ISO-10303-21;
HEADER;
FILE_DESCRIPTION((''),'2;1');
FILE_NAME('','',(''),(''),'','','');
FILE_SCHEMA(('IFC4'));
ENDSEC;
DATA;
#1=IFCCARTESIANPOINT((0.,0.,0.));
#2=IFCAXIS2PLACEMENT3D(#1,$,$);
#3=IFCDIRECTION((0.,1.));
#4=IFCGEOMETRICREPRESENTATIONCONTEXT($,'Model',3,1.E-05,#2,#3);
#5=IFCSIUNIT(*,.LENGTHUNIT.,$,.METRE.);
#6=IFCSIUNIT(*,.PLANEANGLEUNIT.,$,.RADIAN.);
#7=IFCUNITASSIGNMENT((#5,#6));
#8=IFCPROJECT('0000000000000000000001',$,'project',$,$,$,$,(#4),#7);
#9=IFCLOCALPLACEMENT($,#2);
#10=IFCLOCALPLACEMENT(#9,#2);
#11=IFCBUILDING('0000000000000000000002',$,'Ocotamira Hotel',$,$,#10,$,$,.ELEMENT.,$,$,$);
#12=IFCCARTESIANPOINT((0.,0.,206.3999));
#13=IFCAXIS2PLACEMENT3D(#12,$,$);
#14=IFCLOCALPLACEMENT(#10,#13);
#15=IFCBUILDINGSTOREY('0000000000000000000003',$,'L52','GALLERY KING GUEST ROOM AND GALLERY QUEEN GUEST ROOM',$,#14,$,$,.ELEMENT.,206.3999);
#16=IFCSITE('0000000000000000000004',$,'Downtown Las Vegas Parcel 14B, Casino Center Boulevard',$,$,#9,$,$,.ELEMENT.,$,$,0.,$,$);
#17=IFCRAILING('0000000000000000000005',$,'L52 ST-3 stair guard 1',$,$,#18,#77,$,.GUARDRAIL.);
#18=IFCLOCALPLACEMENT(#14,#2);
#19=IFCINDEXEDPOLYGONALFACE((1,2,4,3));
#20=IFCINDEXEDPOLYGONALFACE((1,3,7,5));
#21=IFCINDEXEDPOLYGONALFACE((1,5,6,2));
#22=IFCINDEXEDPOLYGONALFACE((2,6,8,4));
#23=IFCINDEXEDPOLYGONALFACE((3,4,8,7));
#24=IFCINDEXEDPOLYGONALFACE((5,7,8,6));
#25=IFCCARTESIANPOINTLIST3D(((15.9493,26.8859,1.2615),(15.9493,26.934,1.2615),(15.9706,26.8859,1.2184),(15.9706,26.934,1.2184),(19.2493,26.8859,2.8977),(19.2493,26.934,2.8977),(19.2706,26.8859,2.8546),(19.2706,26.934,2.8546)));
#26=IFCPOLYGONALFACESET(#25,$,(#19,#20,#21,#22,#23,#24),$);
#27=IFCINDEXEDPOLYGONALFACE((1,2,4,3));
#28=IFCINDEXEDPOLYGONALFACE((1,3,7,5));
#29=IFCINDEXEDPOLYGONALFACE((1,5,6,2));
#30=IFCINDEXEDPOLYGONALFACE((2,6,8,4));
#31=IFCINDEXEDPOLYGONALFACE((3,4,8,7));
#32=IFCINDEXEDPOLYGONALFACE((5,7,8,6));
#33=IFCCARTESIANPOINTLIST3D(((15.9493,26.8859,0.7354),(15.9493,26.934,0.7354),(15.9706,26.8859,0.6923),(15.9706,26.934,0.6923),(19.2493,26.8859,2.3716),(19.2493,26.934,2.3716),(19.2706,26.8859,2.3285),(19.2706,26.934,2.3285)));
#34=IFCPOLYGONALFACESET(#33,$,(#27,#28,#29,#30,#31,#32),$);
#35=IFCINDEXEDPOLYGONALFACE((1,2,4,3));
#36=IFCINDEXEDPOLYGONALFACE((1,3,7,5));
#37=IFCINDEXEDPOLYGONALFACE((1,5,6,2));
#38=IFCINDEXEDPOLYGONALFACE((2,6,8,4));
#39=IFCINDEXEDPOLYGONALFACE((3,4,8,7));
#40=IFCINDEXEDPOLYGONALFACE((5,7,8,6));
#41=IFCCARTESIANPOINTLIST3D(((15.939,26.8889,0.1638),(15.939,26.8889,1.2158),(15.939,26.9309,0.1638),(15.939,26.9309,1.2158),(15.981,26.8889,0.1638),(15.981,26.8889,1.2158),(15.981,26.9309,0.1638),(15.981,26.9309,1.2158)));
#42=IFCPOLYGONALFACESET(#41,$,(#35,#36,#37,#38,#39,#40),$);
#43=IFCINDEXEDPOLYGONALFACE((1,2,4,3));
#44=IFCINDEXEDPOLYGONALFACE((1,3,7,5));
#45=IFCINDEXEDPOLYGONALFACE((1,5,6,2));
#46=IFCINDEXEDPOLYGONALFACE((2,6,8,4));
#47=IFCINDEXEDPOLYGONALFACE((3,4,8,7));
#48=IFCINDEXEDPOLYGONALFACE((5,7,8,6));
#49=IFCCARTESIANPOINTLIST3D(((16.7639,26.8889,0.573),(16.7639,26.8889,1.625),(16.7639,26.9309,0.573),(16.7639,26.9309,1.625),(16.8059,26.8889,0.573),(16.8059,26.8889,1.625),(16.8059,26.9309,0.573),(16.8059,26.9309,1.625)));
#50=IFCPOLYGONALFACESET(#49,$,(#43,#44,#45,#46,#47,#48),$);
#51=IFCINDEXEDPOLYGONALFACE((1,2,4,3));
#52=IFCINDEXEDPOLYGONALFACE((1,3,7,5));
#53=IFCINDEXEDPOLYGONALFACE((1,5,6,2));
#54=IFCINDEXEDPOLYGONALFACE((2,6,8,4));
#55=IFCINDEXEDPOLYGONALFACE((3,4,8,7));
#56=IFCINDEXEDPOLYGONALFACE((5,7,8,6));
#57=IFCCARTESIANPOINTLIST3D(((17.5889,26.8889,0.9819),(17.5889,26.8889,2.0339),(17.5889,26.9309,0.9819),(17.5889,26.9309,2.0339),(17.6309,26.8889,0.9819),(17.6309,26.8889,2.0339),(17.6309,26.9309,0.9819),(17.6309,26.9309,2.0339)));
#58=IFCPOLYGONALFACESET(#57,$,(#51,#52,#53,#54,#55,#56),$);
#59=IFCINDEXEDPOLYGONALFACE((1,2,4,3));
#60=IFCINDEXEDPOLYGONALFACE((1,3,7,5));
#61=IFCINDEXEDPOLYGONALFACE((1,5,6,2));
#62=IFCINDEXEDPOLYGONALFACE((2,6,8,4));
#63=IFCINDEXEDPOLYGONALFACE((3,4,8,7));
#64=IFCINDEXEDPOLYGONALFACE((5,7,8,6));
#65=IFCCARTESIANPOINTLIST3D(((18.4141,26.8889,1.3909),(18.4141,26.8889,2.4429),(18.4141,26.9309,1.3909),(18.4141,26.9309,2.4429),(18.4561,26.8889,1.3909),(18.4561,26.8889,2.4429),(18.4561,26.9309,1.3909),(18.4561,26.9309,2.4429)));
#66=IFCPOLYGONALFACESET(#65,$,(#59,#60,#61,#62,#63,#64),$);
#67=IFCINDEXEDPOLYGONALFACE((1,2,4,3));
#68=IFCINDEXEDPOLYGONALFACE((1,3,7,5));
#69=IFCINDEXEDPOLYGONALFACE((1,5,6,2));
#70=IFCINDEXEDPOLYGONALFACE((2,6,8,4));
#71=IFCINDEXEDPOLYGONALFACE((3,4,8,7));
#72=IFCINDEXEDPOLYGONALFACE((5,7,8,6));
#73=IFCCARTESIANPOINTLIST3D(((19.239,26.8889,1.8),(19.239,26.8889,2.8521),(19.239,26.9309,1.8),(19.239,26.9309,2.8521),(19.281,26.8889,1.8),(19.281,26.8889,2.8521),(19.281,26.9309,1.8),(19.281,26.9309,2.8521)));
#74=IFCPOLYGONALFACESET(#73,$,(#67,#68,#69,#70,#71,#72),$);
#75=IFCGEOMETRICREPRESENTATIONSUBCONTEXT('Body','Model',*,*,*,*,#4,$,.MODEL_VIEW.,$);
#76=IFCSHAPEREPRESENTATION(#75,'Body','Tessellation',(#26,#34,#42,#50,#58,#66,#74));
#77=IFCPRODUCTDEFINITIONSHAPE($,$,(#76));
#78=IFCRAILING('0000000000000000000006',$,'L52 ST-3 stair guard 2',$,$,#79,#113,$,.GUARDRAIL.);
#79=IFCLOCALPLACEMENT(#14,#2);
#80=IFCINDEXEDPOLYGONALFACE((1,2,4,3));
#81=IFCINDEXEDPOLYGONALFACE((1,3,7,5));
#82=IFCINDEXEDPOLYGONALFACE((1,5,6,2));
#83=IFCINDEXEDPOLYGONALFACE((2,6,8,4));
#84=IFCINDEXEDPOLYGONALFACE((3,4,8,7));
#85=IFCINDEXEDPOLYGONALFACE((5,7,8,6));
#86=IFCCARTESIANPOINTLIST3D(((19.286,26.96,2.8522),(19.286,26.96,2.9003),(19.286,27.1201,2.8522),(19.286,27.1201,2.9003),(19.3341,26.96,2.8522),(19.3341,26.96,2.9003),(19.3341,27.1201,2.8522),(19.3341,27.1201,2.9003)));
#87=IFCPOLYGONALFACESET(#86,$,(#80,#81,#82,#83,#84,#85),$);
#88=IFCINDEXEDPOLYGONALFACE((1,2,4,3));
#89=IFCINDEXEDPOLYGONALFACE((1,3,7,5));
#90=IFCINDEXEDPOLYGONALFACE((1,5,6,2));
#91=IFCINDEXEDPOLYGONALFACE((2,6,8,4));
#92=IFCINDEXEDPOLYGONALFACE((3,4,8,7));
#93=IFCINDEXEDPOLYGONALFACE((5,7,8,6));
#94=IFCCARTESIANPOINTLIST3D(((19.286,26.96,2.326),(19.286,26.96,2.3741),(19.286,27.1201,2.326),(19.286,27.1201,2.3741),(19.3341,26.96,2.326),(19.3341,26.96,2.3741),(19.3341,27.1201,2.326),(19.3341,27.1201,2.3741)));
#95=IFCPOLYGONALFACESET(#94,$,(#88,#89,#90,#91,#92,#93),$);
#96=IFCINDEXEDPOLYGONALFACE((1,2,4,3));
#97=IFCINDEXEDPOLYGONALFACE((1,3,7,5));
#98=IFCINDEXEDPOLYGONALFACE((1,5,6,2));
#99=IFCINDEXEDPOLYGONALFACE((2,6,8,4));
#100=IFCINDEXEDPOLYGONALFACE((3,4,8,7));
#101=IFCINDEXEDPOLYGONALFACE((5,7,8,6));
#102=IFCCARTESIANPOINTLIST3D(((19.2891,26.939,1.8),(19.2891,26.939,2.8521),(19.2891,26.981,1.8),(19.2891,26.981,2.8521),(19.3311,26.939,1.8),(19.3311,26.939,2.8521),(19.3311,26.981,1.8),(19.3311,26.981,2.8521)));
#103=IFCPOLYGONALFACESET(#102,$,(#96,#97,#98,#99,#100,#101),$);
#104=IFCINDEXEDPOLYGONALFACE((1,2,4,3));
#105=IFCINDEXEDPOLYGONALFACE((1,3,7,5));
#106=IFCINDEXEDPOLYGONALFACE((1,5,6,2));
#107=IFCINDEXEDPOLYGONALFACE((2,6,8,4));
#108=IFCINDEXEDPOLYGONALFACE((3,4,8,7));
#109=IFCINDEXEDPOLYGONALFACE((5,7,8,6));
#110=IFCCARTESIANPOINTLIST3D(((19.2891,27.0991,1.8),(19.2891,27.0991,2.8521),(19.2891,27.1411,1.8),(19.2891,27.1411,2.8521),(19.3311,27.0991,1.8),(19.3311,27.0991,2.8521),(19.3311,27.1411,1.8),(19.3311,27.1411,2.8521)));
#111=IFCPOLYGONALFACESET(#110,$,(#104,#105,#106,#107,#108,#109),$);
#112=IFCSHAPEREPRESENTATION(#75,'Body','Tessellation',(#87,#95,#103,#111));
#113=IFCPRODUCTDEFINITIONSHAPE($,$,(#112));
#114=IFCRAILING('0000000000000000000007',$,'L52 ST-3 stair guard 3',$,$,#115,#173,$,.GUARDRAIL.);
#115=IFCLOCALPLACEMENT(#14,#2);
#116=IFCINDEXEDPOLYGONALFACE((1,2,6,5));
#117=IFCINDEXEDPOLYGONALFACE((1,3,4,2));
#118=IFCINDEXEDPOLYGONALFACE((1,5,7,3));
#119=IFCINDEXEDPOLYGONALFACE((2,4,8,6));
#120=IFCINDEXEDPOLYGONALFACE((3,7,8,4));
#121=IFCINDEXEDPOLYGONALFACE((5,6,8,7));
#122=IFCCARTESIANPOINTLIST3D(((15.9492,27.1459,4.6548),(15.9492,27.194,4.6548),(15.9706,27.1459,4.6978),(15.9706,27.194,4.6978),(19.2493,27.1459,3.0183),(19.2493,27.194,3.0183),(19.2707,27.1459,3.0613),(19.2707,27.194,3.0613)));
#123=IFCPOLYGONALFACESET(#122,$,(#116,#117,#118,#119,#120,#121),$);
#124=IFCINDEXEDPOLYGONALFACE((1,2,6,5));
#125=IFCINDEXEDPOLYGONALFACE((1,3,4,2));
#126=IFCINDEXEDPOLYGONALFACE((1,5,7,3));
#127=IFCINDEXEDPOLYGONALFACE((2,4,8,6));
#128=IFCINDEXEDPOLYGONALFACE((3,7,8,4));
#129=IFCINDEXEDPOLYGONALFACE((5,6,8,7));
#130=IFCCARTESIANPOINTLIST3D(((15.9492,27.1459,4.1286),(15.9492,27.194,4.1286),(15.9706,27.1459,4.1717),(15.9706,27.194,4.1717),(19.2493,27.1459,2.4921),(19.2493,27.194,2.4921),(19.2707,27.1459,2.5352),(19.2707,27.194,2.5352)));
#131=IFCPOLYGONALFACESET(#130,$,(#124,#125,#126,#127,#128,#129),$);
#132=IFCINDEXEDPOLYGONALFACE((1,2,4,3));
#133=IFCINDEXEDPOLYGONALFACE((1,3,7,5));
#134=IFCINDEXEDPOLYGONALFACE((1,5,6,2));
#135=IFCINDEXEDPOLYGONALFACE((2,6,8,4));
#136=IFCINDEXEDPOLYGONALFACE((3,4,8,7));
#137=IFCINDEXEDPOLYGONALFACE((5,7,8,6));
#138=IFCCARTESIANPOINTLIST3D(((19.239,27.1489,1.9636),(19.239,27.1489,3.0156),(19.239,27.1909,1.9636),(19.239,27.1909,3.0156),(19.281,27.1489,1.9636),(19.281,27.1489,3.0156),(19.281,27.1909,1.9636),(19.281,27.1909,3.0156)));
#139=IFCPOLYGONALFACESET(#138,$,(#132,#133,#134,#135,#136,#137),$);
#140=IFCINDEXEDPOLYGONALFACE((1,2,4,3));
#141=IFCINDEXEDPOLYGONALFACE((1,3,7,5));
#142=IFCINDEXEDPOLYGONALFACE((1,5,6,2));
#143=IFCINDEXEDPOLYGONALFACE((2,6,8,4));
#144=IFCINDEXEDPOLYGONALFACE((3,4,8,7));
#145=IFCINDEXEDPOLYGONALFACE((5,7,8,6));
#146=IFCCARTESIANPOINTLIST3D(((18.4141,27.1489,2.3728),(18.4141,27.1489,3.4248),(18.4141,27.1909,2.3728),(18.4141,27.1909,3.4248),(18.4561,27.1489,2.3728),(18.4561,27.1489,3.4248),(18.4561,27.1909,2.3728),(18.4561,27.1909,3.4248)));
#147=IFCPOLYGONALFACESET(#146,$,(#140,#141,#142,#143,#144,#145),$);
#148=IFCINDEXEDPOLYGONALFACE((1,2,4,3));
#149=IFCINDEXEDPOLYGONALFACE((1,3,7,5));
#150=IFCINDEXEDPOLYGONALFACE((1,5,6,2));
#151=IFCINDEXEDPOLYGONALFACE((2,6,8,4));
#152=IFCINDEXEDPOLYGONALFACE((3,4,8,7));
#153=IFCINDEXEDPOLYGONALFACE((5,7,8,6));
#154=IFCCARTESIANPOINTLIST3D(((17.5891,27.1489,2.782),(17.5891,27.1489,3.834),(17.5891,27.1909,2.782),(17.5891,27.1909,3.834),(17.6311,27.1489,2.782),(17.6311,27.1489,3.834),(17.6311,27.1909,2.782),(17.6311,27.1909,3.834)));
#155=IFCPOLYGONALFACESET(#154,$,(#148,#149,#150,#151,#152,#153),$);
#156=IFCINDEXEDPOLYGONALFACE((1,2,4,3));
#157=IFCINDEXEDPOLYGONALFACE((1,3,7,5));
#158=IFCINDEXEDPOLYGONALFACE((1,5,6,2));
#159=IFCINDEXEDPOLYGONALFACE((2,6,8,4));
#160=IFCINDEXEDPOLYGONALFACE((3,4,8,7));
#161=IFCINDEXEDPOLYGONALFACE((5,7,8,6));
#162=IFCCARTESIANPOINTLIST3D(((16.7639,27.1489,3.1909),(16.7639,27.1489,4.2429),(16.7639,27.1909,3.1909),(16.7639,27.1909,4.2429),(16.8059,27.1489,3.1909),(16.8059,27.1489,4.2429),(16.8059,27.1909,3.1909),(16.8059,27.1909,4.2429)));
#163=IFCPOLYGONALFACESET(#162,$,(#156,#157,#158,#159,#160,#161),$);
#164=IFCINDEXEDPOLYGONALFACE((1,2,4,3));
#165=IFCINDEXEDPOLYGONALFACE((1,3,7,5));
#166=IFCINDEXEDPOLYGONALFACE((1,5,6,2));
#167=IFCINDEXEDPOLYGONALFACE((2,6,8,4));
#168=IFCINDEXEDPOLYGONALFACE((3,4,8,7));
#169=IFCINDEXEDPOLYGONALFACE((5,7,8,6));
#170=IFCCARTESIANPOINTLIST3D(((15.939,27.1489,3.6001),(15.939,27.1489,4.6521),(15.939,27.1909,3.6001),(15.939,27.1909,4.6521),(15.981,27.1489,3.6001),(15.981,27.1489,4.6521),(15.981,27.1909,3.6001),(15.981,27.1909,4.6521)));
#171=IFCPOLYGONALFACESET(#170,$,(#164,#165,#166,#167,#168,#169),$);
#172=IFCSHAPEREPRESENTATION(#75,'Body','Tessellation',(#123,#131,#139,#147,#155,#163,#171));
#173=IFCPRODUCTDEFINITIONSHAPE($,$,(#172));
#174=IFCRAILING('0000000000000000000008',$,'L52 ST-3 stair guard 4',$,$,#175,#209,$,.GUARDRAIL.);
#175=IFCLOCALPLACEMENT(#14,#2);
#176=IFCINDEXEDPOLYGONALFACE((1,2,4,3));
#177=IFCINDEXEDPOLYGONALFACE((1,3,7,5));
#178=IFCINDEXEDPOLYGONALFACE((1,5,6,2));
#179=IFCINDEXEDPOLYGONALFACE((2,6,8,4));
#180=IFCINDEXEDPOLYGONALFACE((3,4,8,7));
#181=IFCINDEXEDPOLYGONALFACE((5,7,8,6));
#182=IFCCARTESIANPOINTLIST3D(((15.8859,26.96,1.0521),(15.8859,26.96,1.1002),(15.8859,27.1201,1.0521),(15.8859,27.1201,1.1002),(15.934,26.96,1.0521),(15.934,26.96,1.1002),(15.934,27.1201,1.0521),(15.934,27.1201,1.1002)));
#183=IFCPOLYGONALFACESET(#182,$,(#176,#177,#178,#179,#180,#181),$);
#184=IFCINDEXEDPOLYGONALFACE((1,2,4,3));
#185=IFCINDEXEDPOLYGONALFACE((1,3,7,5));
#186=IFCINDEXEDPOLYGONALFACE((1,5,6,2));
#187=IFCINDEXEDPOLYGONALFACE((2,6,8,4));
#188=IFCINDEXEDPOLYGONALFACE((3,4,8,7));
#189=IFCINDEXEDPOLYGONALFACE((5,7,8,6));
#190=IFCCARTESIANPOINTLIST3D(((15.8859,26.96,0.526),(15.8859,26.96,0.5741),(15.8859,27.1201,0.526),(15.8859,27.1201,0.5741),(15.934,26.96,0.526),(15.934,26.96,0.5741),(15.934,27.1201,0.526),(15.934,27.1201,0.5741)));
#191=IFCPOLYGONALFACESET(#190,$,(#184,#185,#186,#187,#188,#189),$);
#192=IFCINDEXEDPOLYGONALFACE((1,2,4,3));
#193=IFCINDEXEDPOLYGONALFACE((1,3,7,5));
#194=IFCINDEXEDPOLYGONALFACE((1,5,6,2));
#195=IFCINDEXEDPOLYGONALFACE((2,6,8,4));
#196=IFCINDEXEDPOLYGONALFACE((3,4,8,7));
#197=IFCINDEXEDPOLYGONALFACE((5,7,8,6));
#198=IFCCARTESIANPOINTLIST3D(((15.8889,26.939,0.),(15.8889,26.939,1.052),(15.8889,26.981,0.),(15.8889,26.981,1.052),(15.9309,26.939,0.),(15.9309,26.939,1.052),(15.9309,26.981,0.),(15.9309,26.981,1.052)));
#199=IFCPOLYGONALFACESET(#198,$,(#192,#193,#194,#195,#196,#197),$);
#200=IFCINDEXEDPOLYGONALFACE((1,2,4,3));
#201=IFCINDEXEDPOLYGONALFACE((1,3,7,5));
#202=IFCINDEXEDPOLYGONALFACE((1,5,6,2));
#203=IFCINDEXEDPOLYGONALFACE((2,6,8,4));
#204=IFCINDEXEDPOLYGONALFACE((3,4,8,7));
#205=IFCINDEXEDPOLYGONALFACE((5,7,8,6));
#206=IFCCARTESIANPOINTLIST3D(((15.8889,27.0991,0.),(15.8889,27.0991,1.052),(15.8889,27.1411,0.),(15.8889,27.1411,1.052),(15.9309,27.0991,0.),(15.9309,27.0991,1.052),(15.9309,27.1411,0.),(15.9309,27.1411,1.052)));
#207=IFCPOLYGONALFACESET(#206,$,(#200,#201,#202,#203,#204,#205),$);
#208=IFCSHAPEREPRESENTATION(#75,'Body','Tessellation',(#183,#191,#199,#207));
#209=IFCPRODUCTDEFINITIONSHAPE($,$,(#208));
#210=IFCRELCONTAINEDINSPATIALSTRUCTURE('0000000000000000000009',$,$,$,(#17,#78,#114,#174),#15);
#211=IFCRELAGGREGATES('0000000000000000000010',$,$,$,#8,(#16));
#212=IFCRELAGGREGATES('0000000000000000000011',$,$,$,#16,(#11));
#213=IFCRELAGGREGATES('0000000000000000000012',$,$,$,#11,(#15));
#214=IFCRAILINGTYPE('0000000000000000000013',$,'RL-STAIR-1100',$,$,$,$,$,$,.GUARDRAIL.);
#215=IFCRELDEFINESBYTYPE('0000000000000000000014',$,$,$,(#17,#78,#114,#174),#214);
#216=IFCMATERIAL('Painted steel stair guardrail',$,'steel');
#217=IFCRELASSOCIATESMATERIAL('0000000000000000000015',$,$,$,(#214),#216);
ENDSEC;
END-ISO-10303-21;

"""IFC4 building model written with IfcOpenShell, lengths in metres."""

from ifc_helpers import new_model, si_unit, direction, frame, origin, origin_2d, place, context, subcontext, project, spatial, rectangle, extrude, material, type_object, element, save


model = new_model("IFC4")

# Units and contexts
model_context = context("Model", 3, precision=1e-05, world=origin(), true_north=direction((0.0, 1.0)))
body_context = subcontext(model_context, "Body", "Model", "MODEL_VIEW")
ifc_project = project(units=[si_unit("LENGTHUNIT", "METRE"), si_unit("PLANEANGLEUNIT", "RADIAN")], contexts=[model_context])

# Site, building, storey
site_placement = place(None, origin())
site = spatial("IfcSite", under=ifc_project, at=site_placement, Name="Downtown Las Vegas Parcel 14B, Casino Center Boulevard", CompositionType="ELEMENT", RefElevation=0.0)
building_placement = place(site_placement, origin())
building = spatial("IfcBuilding", under=site, at=building_placement, Name="Ocotamira Hotel", CompositionType="ELEMENT")
storey_placement = place(building_placement, frame((0.0, 0.0, 206.3999)))
storey = spatial("IfcBuildingStorey", under=building, at=storey_placement, Name="L52", Description="GALLERY KING GUEST ROOM AND GALLERY QUEEN GUEST ROOM", CompositionType="ELEMENT", Elevation=206.3999)

# Railings
ifc_material_1 = material(Name="Painted steel stair guardrail", Category="steel")
railing_type_1 = type_object("IfcRailingType", Name="RL-STAIR-1100", PredefinedType="GUARDRAIL", material=ifc_material_1)
railing_1_placement = place(storey_placement, frame((15.96, 26.9099, 0.1638)))
element("IfcRailing", 1, at=railing_1_placement, inside=storey, type_object=railing_type_1, Name="L52 ST-3 stair guard 1", PredefinedType="GUARDRAIL", context=body_context, shape_type="SweptSolid", body=[
    extrude(rectangle(XDim=0.0481, YDim=0.0481, at=origin_2d()), frame((0.0, 0.0, 1.0762), z_axis=(0.89592, 0.0, 0.444215), x_axis=(0.0, 1.0, 0.0)), (0.0, 0.0, 1.0), 3.6833),
    extrude(rectangle(XDim=0.0481, YDim=0.0481, at=origin_2d()), frame((0.0, 0.0, 0.55), z_axis=(0.89592, 0.0, 0.444215), x_axis=(0.0, 1.0, 0.0)), (0.0, 0.0, 1.0), 3.6833),
    extrude(rectangle(XDim=0.042, YDim=0.042, at=origin_2d()), origin(), (0.0, 0.0, 1.0), 1.052),
    extrude(rectangle(XDim=0.042, YDim=0.042, at=origin_2d()), frame((0.825, 0.0, 0.4092)), (0.0, 0.0, 1.0), 1.052),
    extrude(rectangle(XDim=0.042, YDim=0.042, at=origin_2d()), frame((1.6499, 0.0, 0.8181)), (0.0, 0.0, 1.0), 1.052),
    extrude(rectangle(XDim=0.042, YDim=0.042, at=origin_2d()), frame((2.4751, 0.0, 1.2271)), (0.0, 0.0, 1.0), 1.052),
    extrude(rectangle(XDim=0.042, YDim=0.042, at=origin_2d()), frame((3.3, 0.0, 1.6362)), (0.0, 0.0, 1.0), 1.052),
])
railing_2_placement = place(storey_placement, frame((19.3101, 26.96, 1.8)))
element("IfcRailing", 2, at=railing_2_placement, inside=storey, type_object=railing_type_1, Name="L52 ST-3 stair guard 2", PredefinedType="GUARDRAIL", context=body_context, shape_type="SweptSolid", body=[
    extrude(rectangle(XDim=0.0481, YDim=0.0481, at=origin_2d()), frame((0.0, 0.0, 1.0762), z_axis=(0.0, 1.0, 0.0), x_axis=(-1.0, 0.0, 0.0)), (0.0, 0.0, 1.0), 0.1602),
    extrude(rectangle(XDim=0.0481, YDim=0.0481, at=origin_2d()), frame((0.0, 0.0, 0.55), z_axis=(0.0, 1.0, 0.0), x_axis=(-1.0, 0.0, 0.0)), (0.0, 0.0, 1.0), 0.1602),
    extrude(rectangle(XDim=0.042, YDim=0.042, at=origin_2d()), origin(), (0.0, 0.0, 1.0), 1.052),
    extrude(rectangle(XDim=0.042, YDim=0.042, at=origin_2d()), frame((0.0, 0.1602, 0.0)), (0.0, 0.0, 1.0), 1.052),
])
railing_3_placement = place(storey_placement, frame((19.26, 27.1699, 1.9636)))
element("IfcRailing", 3, at=railing_3_placement, inside=storey, type_object=railing_type_1, Name="L52 ST-3 stair guard 3", PredefinedType="GUARDRAIL", context=body_context, shape_type="SweptSolid", body=[
    extrude(rectangle(XDim=0.0481, YDim=0.0481, at=origin_2d()), frame((0.0, 0.0, 1.0762), z_axis=(-0.895894, 0.0, 0.444268), x_axis=(0.0, -1.0, 0.0)), (0.0, 0.0, 1.0), 3.6836),
    extrude(rectangle(XDim=0.0481, YDim=0.0481, at=origin_2d()), frame((0.0, 0.0, 0.55), z_axis=(-0.895894, 0.0, 0.444268), x_axis=(0.0, -1.0, 0.0)), (0.0, 0.0, 1.0), 3.6836),
    extrude(rectangle(XDim=0.042, YDim=0.042, at=origin_2d()), origin(), (0.0, 0.0, 1.0), 1.052),
    extrude(rectangle(XDim=0.042, YDim=0.042, at=origin_2d()), frame((-0.825, 0.0, 0.4092)), (0.0, 0.0, 1.0), 1.052),
    extrude(rectangle(XDim=0.042, YDim=0.042, at=origin_2d()), frame((-1.6499, 0.0, 0.8184)), (0.0, 0.0, 1.0), 1.052),
    extrude(rectangle(XDim=0.042, YDim=0.042, at=origin_2d()), frame((-2.4751, 0.0, 1.2273)), (0.0, 0.0, 1.0), 1.052),
    extrude(rectangle(XDim=0.042, YDim=0.042, at=origin_2d()), frame((-3.3, 0.0, 1.6365)), (0.0, 0.0, 1.0), 1.052),
])
railing_4_placement = place(storey_placement, frame((15.9099, 26.96, 0.0)))
element("IfcRailing", 4, at=railing_4_placement, inside=storey, type_object=railing_type_1, Name="L52 ST-3 stair guard 4", PredefinedType="GUARDRAIL", context=body_context, shape_type="SweptSolid", body=[
    extrude(rectangle(XDim=0.0481, YDim=0.0481, at=origin_2d()), frame((0.0, 0.0, 1.0762), z_axis=(0.0, 1.0, 0.0), x_axis=(-1.0, 0.0, 0.0)), (0.0, 0.0, 1.0), 0.1602),
    extrude(rectangle(XDim=0.0481, YDim=0.0481, at=origin_2d()), frame((0.0, 0.0, 0.55), z_axis=(0.0, 1.0, 0.0), x_axis=(-1.0, 0.0, 0.0)), (0.0, 0.0, 1.0), 0.1602),
    extrude(rectangle(XDim=0.042, YDim=0.042, at=origin_2d()), origin(), (0.0, 0.0, 1.0), 1.052),
    extrude(rectangle(XDim=0.042, YDim=0.042, at=origin_2d()), frame((0.0, 0.1602, 0.0)), (0.0, 0.0, 1.0), 1.052),
])

save(model, "model.ifc")
